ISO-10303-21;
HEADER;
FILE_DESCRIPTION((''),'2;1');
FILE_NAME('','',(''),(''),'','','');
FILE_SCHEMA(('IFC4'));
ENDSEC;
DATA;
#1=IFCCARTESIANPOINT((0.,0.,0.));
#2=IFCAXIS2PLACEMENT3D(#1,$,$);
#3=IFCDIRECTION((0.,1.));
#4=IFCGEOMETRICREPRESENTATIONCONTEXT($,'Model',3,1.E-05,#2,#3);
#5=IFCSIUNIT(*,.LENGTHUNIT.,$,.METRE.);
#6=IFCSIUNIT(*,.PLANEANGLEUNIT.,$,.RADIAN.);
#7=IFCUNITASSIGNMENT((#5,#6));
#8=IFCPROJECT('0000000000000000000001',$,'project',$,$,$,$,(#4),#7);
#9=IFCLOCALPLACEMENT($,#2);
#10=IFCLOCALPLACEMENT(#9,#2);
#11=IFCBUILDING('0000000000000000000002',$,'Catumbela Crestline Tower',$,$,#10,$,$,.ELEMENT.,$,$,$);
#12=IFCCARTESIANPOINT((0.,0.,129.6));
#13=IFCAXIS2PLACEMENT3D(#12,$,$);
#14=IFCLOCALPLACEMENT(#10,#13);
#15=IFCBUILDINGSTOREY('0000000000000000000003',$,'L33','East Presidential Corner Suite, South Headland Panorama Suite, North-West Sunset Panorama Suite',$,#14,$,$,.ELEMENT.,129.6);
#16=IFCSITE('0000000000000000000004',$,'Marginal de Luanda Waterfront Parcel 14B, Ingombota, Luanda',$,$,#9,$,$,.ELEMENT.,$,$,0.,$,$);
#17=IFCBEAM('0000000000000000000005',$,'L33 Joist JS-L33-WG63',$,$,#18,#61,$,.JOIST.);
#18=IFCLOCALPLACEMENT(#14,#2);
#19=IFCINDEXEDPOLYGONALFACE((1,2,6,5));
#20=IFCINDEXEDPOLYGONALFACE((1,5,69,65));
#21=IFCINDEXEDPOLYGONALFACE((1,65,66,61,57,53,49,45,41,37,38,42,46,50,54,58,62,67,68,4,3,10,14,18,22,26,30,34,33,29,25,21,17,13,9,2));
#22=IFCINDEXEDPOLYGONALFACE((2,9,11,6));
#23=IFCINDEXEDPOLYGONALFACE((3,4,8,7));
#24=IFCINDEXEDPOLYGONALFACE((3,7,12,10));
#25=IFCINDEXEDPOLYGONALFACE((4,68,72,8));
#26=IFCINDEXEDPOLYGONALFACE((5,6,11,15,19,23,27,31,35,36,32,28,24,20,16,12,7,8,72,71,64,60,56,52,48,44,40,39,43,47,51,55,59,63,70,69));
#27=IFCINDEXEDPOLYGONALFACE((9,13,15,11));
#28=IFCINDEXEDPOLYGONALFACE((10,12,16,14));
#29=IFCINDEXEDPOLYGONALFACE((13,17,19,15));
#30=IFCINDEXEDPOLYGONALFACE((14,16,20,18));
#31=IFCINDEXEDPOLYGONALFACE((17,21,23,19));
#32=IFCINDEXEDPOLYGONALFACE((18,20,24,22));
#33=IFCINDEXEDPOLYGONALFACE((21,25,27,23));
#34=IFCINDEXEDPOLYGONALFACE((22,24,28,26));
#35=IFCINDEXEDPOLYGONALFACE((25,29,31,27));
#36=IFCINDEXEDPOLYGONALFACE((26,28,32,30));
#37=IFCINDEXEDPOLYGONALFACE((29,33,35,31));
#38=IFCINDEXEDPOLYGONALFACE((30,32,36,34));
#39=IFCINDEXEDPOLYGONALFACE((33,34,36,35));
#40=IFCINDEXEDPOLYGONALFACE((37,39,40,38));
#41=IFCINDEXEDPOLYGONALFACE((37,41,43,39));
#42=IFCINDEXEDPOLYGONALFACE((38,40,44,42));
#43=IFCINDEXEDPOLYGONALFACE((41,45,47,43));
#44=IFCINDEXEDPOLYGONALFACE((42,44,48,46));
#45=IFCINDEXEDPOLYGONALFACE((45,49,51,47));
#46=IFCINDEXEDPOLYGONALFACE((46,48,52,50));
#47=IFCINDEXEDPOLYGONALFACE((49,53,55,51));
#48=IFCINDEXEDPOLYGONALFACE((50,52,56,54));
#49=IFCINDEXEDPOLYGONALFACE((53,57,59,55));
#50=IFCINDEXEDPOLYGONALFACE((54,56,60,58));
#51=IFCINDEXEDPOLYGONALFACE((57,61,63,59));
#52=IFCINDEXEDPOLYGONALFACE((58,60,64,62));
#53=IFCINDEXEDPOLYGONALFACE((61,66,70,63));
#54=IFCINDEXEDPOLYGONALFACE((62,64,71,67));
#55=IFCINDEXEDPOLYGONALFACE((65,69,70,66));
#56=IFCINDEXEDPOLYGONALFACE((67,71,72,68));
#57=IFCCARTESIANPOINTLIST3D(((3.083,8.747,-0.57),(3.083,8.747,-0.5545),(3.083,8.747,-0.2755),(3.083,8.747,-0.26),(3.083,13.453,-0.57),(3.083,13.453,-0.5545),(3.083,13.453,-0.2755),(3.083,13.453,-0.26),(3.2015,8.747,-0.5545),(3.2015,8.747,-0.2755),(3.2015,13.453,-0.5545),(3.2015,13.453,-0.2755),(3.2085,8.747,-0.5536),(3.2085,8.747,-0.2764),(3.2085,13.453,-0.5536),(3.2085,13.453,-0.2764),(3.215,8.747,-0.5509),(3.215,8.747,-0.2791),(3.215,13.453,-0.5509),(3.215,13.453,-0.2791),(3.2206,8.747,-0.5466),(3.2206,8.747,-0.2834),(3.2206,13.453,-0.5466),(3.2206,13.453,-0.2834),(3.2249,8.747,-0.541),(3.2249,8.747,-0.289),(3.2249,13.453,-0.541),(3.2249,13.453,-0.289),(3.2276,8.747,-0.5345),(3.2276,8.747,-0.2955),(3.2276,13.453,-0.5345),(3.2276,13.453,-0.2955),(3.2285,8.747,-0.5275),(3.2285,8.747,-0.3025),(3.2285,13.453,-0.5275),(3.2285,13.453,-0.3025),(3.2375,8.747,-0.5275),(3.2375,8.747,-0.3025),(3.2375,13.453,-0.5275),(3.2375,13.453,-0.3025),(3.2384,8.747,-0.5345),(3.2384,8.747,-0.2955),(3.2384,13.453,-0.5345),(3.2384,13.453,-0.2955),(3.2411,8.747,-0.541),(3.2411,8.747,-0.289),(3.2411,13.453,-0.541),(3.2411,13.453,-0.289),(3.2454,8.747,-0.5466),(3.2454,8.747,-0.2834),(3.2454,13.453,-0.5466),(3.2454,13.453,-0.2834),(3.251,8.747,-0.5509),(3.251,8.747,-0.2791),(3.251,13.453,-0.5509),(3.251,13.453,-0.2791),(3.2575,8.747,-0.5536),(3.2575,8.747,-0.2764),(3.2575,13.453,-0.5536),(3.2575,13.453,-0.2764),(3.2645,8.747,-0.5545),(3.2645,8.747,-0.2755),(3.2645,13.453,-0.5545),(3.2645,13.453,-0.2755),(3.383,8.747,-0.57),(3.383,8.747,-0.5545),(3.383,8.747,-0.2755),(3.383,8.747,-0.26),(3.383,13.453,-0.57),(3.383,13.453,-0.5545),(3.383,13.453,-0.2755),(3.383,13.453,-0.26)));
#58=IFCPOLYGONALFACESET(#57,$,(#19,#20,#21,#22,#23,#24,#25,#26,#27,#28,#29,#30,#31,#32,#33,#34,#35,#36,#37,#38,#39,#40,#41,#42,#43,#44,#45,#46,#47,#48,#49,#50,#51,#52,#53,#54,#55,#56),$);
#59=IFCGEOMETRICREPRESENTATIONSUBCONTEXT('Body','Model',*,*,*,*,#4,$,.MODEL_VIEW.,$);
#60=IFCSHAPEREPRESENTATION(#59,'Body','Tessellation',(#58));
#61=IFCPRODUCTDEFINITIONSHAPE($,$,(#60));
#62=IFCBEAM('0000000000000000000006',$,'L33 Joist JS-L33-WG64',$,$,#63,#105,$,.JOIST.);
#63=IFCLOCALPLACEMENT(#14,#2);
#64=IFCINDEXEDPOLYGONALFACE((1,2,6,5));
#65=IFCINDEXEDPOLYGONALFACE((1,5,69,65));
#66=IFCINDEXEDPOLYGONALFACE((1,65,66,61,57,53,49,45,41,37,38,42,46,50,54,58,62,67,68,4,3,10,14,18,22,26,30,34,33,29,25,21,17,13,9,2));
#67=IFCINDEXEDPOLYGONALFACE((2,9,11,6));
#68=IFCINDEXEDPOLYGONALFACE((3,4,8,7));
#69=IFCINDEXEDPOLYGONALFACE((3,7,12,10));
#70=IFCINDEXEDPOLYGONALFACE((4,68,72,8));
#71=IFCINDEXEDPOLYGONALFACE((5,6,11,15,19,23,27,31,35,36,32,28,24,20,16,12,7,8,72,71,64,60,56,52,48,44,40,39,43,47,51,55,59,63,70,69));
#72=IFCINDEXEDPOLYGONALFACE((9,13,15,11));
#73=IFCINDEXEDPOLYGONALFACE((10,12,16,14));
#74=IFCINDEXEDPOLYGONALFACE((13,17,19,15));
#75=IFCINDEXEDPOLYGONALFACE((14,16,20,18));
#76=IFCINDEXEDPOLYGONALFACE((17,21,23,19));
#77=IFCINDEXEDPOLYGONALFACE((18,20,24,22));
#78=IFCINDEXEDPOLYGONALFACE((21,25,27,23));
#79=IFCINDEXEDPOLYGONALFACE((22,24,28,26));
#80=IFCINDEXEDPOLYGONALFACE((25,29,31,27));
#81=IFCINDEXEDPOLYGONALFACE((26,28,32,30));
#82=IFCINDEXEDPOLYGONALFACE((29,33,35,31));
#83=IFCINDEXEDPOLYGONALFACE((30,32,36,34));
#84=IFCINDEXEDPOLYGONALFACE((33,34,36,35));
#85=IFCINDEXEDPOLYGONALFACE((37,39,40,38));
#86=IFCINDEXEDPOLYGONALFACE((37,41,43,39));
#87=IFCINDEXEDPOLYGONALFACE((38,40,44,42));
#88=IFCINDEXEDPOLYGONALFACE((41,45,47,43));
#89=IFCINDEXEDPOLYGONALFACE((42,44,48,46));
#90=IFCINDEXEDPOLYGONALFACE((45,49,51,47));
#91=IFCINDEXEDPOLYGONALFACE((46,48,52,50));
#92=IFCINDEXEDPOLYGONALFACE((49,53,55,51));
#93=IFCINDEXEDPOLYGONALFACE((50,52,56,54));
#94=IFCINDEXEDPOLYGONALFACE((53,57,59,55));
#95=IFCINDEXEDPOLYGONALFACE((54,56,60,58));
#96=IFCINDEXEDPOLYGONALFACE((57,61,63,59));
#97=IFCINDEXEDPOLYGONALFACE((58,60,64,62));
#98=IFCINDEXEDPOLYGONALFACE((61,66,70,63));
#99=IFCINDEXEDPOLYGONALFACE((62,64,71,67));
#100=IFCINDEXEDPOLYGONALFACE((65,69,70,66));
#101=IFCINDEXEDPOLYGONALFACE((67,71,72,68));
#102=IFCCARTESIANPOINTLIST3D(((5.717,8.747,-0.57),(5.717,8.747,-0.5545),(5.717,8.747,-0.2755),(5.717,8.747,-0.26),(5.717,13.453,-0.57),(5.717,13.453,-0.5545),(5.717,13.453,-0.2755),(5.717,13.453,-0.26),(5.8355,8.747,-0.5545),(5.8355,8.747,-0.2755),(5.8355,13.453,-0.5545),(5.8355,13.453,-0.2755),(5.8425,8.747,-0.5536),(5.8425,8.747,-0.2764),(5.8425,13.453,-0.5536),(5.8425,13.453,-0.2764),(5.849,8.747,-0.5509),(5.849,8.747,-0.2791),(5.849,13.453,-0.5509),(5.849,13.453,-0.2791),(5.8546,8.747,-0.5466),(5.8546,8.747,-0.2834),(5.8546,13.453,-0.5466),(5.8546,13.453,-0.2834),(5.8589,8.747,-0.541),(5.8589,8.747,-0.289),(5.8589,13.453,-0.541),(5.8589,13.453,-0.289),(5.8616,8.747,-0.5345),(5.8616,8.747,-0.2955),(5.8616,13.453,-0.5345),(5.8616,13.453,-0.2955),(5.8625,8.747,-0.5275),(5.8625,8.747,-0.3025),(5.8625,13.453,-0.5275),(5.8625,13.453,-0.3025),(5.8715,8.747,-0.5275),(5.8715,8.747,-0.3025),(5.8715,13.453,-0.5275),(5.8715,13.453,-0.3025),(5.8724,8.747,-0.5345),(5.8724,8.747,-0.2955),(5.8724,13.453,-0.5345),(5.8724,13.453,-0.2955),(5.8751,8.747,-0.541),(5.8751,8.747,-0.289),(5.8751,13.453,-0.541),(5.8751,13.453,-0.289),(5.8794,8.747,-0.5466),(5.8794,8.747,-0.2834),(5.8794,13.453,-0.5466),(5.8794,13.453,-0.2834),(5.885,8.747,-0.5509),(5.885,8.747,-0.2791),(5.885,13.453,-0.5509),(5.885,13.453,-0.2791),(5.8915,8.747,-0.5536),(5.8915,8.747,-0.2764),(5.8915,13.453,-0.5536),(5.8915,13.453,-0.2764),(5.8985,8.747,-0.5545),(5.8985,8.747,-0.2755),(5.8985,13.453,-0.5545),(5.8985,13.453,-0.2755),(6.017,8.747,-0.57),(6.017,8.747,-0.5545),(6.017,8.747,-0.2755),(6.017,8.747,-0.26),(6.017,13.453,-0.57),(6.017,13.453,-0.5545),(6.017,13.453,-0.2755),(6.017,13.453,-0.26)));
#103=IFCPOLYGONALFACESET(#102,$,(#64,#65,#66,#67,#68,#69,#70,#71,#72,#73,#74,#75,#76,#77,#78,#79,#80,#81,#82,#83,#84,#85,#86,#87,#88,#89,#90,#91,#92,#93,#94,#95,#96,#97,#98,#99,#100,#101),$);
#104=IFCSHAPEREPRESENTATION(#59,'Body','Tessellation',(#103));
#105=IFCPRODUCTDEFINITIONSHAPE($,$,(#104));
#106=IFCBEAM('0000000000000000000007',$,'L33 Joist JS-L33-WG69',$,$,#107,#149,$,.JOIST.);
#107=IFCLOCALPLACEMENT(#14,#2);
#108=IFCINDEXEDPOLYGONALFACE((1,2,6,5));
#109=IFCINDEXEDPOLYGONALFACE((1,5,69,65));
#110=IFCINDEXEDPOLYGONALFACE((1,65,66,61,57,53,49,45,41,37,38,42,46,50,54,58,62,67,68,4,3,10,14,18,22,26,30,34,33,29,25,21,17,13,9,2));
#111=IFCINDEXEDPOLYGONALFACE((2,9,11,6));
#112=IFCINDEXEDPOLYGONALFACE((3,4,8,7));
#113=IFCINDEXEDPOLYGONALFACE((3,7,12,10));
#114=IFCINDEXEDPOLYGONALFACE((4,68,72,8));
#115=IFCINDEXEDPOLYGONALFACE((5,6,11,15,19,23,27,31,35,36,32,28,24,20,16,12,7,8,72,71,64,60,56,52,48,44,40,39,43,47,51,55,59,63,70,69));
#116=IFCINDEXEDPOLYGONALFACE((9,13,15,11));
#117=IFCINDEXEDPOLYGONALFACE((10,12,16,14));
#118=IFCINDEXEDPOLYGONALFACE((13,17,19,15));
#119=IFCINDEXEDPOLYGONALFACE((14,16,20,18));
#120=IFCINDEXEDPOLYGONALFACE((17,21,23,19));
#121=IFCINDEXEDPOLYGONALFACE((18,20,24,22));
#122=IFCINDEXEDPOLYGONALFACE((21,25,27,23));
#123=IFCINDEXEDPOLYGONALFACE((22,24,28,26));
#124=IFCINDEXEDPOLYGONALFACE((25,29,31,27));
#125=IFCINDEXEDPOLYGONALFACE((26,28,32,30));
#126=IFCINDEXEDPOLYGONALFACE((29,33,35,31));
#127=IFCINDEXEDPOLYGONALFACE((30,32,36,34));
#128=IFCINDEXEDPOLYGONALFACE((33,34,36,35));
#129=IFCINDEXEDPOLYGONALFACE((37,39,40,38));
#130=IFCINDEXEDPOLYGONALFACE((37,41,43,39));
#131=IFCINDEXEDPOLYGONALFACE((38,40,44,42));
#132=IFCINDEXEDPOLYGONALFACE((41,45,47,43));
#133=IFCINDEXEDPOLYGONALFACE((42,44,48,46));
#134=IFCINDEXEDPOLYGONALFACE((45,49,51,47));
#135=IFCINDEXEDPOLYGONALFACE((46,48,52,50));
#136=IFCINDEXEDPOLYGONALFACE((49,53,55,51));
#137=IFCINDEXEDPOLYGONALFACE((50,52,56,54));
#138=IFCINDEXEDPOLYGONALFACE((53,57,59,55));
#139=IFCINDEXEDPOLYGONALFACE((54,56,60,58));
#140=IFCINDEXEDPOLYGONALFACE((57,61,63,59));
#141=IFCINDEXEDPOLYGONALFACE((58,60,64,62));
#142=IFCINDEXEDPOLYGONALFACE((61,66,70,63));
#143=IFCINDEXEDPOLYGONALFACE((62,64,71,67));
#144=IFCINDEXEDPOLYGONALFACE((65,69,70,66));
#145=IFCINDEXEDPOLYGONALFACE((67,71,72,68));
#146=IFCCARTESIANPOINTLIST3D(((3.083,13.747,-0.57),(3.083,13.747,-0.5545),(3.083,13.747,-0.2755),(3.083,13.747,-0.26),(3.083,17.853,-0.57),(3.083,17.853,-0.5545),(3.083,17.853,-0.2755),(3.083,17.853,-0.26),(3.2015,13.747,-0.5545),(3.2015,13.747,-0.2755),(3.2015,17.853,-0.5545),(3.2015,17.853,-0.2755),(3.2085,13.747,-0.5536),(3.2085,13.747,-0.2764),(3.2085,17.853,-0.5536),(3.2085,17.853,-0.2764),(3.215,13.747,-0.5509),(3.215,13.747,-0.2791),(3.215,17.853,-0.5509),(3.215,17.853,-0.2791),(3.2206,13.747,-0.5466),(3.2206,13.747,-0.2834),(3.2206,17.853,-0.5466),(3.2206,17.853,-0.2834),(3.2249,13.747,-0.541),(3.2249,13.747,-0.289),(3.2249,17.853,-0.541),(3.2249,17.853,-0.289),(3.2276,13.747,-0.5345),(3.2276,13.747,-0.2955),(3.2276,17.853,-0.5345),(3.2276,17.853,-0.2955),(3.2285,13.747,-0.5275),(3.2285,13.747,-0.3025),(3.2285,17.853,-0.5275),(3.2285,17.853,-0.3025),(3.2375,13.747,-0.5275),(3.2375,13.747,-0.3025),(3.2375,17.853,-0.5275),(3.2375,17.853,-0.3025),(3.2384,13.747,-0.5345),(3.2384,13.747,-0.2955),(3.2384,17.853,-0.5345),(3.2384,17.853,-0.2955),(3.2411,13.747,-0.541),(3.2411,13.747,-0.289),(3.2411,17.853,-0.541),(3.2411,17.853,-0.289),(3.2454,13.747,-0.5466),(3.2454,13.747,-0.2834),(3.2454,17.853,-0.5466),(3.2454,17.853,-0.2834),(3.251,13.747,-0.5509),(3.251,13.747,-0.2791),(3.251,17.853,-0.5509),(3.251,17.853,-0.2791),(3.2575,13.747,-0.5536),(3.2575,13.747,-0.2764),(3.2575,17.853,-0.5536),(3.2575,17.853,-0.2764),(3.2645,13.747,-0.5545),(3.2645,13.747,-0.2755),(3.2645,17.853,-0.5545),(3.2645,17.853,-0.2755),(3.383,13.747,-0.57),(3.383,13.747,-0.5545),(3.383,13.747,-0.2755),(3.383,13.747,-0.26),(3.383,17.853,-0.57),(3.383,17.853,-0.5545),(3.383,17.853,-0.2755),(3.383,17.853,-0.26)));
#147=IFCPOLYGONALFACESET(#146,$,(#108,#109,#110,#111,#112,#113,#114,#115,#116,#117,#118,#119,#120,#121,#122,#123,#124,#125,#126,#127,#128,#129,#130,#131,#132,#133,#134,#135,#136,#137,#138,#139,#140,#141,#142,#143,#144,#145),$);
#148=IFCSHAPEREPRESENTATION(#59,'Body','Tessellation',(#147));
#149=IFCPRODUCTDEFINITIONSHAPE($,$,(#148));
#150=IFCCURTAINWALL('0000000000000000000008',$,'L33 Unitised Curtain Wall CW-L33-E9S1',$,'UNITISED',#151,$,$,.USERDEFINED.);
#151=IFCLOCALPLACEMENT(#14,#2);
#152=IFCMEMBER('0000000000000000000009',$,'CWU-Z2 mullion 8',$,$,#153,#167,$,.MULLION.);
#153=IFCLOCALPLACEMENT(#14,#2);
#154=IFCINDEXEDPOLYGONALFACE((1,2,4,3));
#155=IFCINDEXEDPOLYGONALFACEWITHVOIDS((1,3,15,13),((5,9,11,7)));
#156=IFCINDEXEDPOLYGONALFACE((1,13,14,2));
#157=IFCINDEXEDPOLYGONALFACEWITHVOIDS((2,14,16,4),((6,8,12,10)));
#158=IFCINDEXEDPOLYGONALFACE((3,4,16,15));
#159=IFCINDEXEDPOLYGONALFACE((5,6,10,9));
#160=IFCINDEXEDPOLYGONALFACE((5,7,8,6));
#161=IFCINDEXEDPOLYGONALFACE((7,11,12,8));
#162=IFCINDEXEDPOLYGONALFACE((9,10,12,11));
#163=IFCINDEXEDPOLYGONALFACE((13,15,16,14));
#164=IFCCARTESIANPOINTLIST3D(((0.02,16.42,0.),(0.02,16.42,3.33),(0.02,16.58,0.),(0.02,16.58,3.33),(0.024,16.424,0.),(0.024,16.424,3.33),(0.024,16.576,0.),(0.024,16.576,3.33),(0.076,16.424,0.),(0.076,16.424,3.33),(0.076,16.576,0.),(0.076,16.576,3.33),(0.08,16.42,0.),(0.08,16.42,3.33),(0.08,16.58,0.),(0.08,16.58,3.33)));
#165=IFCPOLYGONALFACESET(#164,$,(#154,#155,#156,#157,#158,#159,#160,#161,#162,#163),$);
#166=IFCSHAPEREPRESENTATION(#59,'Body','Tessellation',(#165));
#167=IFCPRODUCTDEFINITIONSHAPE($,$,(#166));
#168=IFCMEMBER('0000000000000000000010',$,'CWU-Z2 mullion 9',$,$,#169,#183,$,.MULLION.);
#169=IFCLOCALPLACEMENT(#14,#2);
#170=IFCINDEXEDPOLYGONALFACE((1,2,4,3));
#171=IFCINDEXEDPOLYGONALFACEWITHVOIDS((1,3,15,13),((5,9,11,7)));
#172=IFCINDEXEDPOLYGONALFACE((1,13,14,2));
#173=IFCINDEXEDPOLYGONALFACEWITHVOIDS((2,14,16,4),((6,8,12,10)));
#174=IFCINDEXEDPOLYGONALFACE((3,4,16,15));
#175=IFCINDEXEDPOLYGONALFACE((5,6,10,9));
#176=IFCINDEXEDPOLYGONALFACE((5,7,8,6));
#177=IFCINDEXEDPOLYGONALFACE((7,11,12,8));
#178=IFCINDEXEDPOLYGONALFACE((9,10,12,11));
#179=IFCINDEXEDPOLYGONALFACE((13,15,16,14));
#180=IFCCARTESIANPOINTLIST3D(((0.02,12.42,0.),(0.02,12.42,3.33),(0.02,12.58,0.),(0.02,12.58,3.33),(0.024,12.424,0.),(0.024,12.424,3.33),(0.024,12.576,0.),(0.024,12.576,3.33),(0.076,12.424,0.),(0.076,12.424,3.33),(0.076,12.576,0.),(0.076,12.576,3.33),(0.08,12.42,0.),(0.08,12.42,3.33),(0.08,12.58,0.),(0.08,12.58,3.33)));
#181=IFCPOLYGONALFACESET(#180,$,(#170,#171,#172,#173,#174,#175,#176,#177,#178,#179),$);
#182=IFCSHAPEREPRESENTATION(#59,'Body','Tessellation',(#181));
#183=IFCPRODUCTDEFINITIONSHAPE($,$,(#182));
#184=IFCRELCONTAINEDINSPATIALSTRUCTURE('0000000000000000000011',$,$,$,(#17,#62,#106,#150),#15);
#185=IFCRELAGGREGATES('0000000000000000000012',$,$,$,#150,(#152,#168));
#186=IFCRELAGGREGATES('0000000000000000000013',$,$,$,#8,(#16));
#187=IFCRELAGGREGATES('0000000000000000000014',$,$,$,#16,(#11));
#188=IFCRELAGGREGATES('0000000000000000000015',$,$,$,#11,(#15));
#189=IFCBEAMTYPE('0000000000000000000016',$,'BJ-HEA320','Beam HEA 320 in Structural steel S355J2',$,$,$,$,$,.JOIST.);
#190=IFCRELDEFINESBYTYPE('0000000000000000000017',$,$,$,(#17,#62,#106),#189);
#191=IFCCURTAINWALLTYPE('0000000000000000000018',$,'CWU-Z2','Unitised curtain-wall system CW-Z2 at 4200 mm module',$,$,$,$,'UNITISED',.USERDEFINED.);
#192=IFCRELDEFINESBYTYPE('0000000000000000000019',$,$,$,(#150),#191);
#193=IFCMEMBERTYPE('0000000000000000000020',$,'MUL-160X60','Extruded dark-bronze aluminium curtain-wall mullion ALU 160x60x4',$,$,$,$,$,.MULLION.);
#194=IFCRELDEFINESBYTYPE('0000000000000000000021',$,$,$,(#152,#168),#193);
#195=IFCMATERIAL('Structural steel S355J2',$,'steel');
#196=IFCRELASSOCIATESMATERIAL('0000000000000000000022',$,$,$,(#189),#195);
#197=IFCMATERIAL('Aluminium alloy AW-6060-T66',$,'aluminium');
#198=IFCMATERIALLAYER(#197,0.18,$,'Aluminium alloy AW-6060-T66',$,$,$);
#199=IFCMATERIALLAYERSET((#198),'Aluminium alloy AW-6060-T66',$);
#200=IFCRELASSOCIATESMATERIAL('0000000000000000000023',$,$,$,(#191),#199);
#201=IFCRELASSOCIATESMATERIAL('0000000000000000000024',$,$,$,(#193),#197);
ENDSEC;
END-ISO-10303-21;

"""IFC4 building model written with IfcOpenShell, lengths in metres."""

from ifc_helpers import new_model, si_unit, direction, frame, origin, origin_2d, place, context, subcontext, project, spatial, hollow_rectangle, i_section, extrude, material, layer, layer_set, material_profile, profile_set, type_object, element, aggregate, save


model = new_model("IFC4")

# Units and contexts
model_context = context("Model", 3, precision=1e-05, world=origin(), true_north=direction((0.0, 1.0)))
body_context = subcontext(model_context, "Body", "Model", "MODEL_VIEW")
ifc_project = project(units=[si_unit("LENGTHUNIT", "METRE"), si_unit("PLANEANGLEUNIT", "RADIAN")], contexts=[model_context])

# Site, building, storey
site_placement = place(None, origin())
site = spatial("IfcSite", under=ifc_project, at=site_placement, Name="Marginal de Luanda Waterfront Parcel 14B, Ingombota, Luanda", CompositionType="ELEMENT", RefElevation=0.0)
building_placement = place(site_placement, origin())
building = spatial("IfcBuilding", under=site, at=building_placement, Name="Catumbela Crestline Tower", CompositionType="ELEMENT")
storey_placement = place(building_placement, frame((0.0, 0.0, 129.6)))
storey = spatial("IfcBuildingStorey", under=building, at=storey_placement, Name="L33", Description="East Presidential Corner Suite, South Headland Panorama Suite, North-West Sunset Panorama Suite", CompositionType="ELEMENT", Elevation=129.6)

# Beams
ifc_material_1 = material(Name="Structural steel S355J2", Category="steel")
ifc_material_profile_1 = material_profile(ifc_material_1, i_section(OverallWidth=0.3, OverallDepth=0.31, WebThickness=0.009, FlangeThickness=0.0155, FilletRadius=0.027, at=origin_2d()), Name="HEA 320")
ifc_profile_set_1 = profile_set([ifc_material_profile_1], Name="Structural steel S355J2")
beam_type_1 = type_object("IfcBeamType", Name="BJ-HEA320", Description="Beam HEA 320 in Structural steel S355J2", PredefinedType="JOIST", material=ifc_profile_set_1)
for number, where, z_axis, x_axis, name in (
    (1, (3.233, 8.747, -0.415), (0.0, 1.0, 0.0), (-1.0, 0.0, 0.0), "L33 Joist JS-L33-WG63"),
    (2, (5.867, 8.747, -0.415), (0.0, 1.0, 0.0), (-1.0, 0.0, 0.0), "L33 Joist JS-L33-WG64"),
):
    element("IfcBeam", number, at=place(storey_placement, frame(where, z_axis=z_axis, x_axis=x_axis)), inside=storey, type_object=beam_type_1, Name=name, PredefinedType="JOIST", context=body_context, shape_type="SweptSolid", body=[
        extrude(i_section(OverallWidth=0.3, OverallDepth=0.31, WebThickness=0.009, FlangeThickness=0.0155, FilletRadius=0.027, at=origin_2d()), origin(), (0.0, 0.0, 1.0), 4.706),
    ])
beam_1_placement = place(storey_placement, frame((3.233, 13.747, -0.415), z_axis=(0.0, 1.0, 0.0), x_axis=(-1.0, 0.0, 0.0)))
element("IfcBeam", 3, at=beam_1_placement, inside=storey, type_object=beam_type_1, Name="L33 Joist JS-L33-WG69", PredefinedType="JOIST", context=body_context, shape_type="SweptSolid", body=[
    extrude(i_section(OverallWidth=0.3, OverallDepth=0.31, WebThickness=0.009, FlangeThickness=0.0155, FilletRadius=0.027, at=origin_2d()), origin(), (0.0, 0.0, 1.0), 4.106),
])

# Curtain wall, members
ifc_material_2 = material(Name="Aluminium alloy AW-6060-T66", Category="aluminium")
ifc_layer_1 = layer(ifc_material_2, 0.18, Name="Aluminium alloy AW-6060-T66")
ifc_layer_set_1 = layer_set([ifc_layer_1], Name="Aluminium alloy AW-6060-T66")
curtain_wall_type = type_object("IfcCurtainWallType", Name="CWU-Z2", Description="Unitised curtain-wall system CW-Z2 at 4200 mm module", ElementType="UNITISED", PredefinedType="USERDEFINED", material=ifc_layer_set_1)
curtain_wall_placement = place(storey_placement, origin())
curtain_wall = element("IfcCurtainWall", 4, at=curtain_wall_placement, inside=storey, type_object=curtain_wall_type, Name="L33 Unitised Curtain Wall CW-L33-E9S1", ObjectType="UNITISED", PredefinedType="USERDEFINED")
ifc_material_profile_2 = material_profile(ifc_material_2, hollow_rectangle(XDim=0.06, YDim=0.16, WallThickness=0.004, at=origin_2d()), Name="ALU 160x60x4")
ifc_profile_set_2 = profile_set([ifc_material_profile_2], Name="Aluminium alloy AW-6060-T66")
member_type_1 = type_object("IfcMemberType", Name="MUL-160X60", Description="Extruded dark-bronze aluminium curtain-wall mullion ALU 160x60x4", PredefinedType="MULLION", material=ifc_profile_set_2)
member_1_placement = place(storey_placement, frame((0.05, 16.5, 0.0), z_axis=(0.0, 0.0, 1.0), x_axis=(1.0, 0.0, 0.0)))
member_1 = element("IfcMember", 5, at=member_1_placement, type_object=member_type_1, Name="CWU-Z2 mullion 8", PredefinedType="MULLION", context=body_context, shape_type="SweptSolid", body=[
    extrude(hollow_rectangle(XDim=0.06, YDim=0.16, WallThickness=0.004, at=origin_2d()), origin(), (0.0, 0.0, 1.0), 3.33),
])
member_2_placement = place(storey_placement, frame((0.05, 12.5, 0.0), z_axis=(0.0, 0.0, 1.0), x_axis=(1.0, 0.0, 0.0)))
member_2 = element("IfcMember", 6, at=member_2_placement, type_object=member_type_1, Name="CWU-Z2 mullion 9", PredefinedType="MULLION", context=body_context, shape_type="SweptSolid", body=[
    extrude(hollow_rectangle(XDim=0.06, YDim=0.16, WallThickness=0.004, at=origin_2d()), origin(), (0.0, 0.0, 1.0), 3.33),
])

aggregate(curtain_wall, [member_1, member_2])

save(model, "model.ifc")
